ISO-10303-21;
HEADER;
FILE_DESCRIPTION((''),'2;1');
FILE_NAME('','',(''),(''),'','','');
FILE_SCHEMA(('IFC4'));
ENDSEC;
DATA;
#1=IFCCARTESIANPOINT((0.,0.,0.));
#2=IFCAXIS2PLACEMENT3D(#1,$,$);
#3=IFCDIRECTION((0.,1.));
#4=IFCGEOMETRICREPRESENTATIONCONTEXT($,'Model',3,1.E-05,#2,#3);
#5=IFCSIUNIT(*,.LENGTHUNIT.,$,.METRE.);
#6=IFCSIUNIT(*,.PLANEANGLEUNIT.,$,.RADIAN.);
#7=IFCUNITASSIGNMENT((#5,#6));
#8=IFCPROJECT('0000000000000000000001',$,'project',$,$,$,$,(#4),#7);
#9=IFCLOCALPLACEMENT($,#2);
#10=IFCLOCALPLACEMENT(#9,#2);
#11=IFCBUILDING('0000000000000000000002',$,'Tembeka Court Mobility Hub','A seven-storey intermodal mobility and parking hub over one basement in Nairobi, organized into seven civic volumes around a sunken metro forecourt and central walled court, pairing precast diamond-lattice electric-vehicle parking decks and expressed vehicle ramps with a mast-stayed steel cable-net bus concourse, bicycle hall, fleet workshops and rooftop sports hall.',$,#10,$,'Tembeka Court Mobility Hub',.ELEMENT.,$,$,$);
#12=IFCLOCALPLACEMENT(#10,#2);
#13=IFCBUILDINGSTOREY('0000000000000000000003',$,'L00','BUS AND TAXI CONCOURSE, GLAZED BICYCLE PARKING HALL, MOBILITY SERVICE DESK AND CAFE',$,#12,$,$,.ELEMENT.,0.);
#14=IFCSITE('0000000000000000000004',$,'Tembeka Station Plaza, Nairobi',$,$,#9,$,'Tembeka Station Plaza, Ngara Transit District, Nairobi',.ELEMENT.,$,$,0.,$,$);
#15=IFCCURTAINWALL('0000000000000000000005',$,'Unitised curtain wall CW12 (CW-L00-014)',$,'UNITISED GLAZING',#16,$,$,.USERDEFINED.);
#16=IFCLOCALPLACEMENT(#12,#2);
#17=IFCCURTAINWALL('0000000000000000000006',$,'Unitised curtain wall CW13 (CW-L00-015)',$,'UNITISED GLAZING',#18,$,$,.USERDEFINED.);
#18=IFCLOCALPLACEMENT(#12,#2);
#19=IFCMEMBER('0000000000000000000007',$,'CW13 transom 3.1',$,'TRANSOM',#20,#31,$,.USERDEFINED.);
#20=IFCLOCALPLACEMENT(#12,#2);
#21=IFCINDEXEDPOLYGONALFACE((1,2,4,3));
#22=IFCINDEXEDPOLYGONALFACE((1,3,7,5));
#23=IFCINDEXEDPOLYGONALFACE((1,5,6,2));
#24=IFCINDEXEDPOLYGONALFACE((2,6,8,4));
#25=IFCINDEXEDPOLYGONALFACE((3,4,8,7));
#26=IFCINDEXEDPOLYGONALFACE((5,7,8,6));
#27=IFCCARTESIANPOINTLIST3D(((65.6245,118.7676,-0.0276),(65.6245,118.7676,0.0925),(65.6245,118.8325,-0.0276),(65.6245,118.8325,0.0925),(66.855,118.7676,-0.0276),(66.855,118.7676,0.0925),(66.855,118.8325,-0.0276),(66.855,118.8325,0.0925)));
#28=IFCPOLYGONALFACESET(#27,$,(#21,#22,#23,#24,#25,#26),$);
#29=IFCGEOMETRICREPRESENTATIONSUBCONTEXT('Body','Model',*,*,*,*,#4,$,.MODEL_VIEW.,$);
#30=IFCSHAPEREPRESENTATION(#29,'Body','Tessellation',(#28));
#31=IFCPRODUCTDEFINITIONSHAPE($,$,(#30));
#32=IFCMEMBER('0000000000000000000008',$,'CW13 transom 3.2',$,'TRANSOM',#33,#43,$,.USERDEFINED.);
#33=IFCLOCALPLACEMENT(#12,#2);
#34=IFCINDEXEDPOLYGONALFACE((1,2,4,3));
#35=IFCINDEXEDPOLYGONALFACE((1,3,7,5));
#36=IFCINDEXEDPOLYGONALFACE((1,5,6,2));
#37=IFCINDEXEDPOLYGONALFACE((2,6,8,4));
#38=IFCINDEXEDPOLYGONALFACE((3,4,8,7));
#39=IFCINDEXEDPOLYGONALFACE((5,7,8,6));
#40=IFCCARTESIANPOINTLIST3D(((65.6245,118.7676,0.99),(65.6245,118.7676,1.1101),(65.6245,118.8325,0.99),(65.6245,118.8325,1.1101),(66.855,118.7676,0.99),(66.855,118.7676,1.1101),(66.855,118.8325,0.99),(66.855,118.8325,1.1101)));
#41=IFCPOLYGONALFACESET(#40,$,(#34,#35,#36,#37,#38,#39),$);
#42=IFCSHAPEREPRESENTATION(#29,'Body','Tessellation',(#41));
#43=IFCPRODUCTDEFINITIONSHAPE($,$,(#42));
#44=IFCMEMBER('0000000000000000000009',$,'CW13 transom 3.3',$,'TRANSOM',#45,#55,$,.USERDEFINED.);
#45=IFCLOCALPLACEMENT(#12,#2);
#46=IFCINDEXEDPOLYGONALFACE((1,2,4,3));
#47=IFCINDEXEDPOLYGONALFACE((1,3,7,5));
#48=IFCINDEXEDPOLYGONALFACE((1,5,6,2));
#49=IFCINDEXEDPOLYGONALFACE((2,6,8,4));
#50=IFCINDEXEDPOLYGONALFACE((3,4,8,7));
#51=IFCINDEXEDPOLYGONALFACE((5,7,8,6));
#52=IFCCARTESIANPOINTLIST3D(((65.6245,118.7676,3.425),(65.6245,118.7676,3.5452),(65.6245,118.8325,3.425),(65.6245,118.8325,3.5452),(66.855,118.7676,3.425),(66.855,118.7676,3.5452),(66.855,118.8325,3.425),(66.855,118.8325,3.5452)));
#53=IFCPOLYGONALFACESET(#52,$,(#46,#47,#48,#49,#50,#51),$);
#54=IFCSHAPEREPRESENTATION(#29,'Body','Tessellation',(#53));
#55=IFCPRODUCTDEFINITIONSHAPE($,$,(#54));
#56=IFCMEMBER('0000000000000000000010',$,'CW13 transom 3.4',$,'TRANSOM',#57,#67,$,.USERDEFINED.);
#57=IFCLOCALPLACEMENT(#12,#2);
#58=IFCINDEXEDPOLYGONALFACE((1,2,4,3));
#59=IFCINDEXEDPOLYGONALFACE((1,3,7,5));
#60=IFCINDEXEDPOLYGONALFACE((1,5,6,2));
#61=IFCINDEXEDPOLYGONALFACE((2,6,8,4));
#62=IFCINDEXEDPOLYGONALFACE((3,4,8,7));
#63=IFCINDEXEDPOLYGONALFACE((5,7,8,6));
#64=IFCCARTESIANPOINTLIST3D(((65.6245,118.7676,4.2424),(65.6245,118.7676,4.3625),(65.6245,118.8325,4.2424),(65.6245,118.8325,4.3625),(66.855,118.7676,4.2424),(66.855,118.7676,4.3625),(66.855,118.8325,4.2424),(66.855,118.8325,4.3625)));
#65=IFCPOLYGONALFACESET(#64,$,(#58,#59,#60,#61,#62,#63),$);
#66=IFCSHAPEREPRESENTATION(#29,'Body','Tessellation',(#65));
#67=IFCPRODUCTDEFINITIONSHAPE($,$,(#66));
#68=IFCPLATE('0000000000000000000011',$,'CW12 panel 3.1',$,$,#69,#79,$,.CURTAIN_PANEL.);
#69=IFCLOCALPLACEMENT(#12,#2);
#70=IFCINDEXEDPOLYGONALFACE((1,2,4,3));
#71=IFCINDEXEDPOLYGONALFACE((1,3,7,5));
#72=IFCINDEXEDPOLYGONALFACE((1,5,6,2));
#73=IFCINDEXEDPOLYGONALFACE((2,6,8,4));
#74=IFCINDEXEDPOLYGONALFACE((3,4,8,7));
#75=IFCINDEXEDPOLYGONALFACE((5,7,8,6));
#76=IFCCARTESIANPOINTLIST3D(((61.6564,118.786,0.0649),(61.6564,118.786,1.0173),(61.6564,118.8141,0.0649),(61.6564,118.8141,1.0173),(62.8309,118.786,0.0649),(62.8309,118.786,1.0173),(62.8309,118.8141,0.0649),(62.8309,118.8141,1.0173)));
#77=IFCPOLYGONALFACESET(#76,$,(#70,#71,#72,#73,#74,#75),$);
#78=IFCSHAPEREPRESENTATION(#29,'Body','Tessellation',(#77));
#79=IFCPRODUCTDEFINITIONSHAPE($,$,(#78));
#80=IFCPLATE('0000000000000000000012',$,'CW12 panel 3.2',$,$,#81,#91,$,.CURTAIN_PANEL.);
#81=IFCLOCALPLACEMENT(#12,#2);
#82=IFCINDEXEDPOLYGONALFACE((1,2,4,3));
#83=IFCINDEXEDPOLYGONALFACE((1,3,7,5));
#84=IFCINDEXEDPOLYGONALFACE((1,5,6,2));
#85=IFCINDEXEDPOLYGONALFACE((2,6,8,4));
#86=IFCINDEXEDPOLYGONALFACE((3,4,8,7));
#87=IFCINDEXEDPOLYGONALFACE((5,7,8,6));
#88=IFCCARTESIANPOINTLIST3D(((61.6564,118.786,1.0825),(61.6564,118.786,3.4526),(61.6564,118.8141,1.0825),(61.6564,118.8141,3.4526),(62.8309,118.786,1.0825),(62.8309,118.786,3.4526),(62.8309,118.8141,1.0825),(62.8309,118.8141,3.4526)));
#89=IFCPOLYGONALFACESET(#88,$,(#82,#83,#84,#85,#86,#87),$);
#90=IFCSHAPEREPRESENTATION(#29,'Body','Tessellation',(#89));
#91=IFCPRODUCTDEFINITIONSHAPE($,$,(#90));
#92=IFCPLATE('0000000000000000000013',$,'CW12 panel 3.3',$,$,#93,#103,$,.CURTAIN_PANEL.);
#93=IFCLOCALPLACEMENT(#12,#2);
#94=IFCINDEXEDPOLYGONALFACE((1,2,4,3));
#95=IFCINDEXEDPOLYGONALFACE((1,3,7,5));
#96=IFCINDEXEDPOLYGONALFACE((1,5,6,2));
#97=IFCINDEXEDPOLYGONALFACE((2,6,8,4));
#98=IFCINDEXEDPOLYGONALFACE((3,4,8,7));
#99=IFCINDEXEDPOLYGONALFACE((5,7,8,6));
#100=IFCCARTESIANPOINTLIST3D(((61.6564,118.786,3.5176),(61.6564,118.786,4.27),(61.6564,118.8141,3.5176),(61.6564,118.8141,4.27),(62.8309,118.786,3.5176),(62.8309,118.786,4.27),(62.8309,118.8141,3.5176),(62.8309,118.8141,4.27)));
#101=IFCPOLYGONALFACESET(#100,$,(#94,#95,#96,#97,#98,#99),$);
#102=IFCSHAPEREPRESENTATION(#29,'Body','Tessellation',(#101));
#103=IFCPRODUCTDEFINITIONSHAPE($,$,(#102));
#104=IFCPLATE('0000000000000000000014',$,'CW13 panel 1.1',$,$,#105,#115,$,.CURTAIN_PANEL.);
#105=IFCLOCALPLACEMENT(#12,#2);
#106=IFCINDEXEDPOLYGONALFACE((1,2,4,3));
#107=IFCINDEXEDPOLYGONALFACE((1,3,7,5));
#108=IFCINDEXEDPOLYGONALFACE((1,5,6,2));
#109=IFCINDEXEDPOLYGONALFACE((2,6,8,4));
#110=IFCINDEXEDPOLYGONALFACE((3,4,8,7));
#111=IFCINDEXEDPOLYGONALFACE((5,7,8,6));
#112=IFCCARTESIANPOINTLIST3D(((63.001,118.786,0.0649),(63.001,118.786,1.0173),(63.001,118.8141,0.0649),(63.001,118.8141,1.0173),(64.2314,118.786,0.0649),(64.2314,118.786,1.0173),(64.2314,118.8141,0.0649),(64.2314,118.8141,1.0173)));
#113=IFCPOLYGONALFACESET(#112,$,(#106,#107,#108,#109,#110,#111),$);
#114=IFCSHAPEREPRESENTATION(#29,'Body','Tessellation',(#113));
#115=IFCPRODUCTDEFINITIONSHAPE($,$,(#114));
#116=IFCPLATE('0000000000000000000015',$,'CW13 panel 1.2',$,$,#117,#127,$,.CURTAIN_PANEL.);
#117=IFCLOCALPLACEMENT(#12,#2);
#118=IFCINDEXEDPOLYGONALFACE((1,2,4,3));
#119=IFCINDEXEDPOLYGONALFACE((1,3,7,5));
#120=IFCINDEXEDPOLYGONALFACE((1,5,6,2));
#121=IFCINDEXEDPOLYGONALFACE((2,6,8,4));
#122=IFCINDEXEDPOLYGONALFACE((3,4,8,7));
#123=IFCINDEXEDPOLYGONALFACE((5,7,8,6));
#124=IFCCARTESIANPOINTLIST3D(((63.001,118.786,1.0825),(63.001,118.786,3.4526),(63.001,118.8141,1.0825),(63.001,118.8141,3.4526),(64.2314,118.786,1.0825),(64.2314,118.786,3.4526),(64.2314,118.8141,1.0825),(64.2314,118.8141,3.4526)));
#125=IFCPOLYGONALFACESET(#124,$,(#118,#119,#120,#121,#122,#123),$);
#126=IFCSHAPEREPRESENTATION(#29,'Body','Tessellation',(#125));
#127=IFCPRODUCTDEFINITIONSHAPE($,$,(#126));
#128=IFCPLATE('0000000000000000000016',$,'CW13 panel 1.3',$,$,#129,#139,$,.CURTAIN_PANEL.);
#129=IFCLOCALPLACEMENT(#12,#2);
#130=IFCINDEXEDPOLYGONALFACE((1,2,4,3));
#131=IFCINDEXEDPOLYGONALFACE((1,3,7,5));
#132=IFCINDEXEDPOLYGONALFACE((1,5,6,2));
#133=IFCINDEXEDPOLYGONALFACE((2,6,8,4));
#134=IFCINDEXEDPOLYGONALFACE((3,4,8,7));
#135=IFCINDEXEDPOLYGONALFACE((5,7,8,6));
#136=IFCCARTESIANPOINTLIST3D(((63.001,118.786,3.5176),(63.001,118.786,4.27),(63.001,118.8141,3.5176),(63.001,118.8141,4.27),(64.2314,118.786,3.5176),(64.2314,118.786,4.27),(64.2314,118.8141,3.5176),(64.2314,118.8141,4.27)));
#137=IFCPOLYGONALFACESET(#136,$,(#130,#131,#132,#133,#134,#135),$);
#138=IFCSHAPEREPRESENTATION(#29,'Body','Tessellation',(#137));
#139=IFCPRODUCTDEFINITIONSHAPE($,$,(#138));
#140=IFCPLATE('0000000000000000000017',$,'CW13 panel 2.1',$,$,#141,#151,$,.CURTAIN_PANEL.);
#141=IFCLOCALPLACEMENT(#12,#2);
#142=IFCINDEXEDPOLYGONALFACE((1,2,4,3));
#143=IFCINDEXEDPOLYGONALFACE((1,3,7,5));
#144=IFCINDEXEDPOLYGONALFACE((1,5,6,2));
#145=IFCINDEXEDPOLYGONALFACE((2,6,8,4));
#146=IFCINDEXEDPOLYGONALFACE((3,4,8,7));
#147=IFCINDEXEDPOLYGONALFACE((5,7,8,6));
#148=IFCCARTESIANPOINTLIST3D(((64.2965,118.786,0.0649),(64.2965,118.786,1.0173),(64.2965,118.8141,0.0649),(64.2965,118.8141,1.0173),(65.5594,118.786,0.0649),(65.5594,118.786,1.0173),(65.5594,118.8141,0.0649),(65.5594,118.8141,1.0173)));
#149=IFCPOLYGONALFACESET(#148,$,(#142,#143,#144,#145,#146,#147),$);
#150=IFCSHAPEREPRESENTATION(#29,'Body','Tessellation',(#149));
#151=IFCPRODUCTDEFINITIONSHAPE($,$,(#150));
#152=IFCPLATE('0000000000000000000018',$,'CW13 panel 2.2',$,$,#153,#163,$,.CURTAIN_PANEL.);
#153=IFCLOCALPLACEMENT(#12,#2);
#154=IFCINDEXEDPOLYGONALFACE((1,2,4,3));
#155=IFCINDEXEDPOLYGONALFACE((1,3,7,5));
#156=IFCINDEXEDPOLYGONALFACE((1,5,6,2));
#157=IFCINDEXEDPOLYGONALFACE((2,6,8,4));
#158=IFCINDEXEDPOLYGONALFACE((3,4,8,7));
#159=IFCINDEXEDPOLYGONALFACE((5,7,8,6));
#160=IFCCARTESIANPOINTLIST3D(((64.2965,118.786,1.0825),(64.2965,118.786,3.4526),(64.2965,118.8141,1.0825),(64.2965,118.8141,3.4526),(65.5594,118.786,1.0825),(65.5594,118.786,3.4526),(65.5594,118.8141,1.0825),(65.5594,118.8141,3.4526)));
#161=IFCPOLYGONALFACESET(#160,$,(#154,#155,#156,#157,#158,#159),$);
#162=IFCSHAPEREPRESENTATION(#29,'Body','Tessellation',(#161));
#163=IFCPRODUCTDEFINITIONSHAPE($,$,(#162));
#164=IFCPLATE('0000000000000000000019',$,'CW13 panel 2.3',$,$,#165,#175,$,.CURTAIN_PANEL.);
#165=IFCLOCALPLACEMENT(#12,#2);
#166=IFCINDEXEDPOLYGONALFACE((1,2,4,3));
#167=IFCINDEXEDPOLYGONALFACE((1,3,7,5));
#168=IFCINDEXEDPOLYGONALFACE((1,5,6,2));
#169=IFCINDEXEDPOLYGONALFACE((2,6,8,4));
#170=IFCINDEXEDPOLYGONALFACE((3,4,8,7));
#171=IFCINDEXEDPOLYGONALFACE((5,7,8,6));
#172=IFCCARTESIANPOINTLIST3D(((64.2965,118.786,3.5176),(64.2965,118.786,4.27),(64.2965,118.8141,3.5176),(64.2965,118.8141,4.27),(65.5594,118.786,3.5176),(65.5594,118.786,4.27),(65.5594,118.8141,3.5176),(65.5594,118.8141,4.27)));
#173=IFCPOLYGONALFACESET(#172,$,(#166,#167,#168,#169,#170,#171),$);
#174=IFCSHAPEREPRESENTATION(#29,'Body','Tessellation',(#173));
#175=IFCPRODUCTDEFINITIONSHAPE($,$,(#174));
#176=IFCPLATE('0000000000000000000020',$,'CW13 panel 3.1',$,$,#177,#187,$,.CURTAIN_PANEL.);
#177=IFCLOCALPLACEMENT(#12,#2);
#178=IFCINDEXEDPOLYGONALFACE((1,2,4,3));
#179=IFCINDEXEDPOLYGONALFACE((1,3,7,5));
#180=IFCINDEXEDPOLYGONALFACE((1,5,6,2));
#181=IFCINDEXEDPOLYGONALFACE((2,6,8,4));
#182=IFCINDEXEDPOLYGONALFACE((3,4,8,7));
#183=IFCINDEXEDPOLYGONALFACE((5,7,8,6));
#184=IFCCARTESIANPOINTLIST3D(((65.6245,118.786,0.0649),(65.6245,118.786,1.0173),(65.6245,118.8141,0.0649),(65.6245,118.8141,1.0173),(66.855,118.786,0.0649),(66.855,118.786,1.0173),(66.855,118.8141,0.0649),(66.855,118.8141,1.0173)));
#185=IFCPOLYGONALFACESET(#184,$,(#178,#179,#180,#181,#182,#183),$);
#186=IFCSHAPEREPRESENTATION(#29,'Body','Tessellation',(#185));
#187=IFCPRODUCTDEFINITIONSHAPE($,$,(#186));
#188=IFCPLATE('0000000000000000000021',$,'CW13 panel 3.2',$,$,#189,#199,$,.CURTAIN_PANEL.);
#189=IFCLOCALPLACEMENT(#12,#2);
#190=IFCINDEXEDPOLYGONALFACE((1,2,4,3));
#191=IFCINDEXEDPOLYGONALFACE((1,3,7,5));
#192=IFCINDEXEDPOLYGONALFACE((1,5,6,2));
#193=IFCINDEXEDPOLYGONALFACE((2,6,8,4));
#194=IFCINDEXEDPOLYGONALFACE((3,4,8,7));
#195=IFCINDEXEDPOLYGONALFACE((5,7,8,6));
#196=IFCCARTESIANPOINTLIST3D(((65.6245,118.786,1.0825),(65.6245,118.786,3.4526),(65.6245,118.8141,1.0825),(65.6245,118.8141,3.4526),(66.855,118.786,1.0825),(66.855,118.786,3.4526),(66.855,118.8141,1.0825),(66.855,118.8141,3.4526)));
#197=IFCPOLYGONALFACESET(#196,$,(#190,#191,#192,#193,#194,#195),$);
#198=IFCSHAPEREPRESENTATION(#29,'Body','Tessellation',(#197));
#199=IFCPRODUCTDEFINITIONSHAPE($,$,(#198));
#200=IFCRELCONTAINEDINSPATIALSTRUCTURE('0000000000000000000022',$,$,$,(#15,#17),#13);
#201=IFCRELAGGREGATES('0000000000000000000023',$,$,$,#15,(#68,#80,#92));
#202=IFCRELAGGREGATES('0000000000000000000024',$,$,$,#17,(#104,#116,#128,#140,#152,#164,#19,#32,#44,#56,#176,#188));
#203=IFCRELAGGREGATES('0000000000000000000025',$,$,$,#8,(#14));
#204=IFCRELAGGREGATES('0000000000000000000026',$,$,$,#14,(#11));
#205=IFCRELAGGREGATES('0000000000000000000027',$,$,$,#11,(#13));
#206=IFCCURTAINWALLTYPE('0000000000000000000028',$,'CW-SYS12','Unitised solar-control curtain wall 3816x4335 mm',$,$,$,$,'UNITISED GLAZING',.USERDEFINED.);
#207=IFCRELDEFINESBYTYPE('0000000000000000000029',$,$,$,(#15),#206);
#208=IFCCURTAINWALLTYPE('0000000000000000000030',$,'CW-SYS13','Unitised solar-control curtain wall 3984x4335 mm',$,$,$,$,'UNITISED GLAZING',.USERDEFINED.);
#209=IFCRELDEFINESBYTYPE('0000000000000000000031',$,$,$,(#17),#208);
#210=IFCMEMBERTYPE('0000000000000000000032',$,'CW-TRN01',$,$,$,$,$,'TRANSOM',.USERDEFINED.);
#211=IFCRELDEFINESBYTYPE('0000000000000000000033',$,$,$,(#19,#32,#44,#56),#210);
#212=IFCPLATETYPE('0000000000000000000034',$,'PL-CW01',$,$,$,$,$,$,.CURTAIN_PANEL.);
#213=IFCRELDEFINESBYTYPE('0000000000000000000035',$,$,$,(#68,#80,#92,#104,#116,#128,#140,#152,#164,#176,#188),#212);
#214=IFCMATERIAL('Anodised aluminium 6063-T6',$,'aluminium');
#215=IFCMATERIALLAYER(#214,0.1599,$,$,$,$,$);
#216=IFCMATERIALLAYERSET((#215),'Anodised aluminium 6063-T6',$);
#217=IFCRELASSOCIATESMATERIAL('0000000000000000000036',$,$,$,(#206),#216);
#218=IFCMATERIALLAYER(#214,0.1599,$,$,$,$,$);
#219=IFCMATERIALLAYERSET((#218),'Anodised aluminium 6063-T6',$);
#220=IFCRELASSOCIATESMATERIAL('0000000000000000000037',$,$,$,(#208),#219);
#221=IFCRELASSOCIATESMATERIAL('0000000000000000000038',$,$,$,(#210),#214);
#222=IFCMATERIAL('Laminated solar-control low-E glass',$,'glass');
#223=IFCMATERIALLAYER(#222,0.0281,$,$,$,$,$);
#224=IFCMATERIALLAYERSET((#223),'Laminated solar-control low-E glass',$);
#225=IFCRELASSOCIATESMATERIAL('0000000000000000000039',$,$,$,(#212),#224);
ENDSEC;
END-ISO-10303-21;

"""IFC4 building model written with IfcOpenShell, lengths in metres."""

from ifc_helpers import new_model, si_unit, direction, frame, origin, origin_2d, place, context, subcontext, project, spatial, rectangle, extrude, material, layer, layer_set, material_profile, profile_set, type_object, element, aggregate, save


model = new_model("IFC4")

# Units and contexts
model_context = context("Model", 3, precision=1e-05, world=origin(), true_north=direction((0.0, 1.0)))
body_context = subcontext(model_context, "Body", "Model", "MODEL_VIEW")
ifc_project = project(units=[si_unit("LENGTHUNIT", "METRE"), si_unit("PLANEANGLEUNIT", "RADIAN")], contexts=[model_context])

# Site, building, storey
site_placement = place(None, origin())
site = spatial("IfcSite", under=ifc_project, at=site_placement, Name="Tembeka Station Plaza, Nairobi", LongName="Tembeka Station Plaza, Ngara Transit District, Nairobi", CompositionType="ELEMENT", RefElevation=0.0)
building_placement = place(site_placement, origin())
building = spatial("IfcBuilding", under=site, at=building_placement, Name="Tembeka Court Mobility Hub", Description="A seven-storey intermodal mobility and parking hub over one basement in Nairobi, organized into seven civic volumes around a sunken metro forecourt and central walled court, pairing precast diamond-lattice electric-vehicle parking decks and expressed vehicle ramps with a mast-stayed steel cable-net bus concourse, bicycle hall, fleet workshops and rooftop sports hall.", LongName="Tembeka Court Mobility Hub", CompositionType="ELEMENT")
storey_placement = place(building_placement, origin())
storey = spatial("IfcBuildingStorey", under=building, at=storey_placement, Name="L00", Description="BUS AND TAXI CONCOURSE, GLAZED BICYCLE PARKING HALL, MOBILITY SERVICE DESK AND CAFE", CompositionType="ELEMENT", Elevation=0.0)

# Curtain wall
ifc_material_1 = material(Name="Anodised aluminium 6063-T6", Category="aluminium")
ifc_layer_1 = layer(ifc_material_1, 0.1599)
ifc_layer_set_1 = layer_set([ifc_layer_1], Name="Anodised aluminium 6063-T6")
curtain_wall_type_1 = type_object("IfcCurtainWallType", Name="CW-SYS12", Description="Unitised solar-control curtain wall 3816x4335 mm", ElementType="UNITISED GLAZING", PredefinedType="USERDEFINED", material=ifc_layer_set_1)
curtain_wall_1_placement = place(storey_placement, origin())
curtain_wall_1 = element("IfcCurtainWall", 1, at=curtain_wall_1_placement, inside=storey, type_object=curtain_wall_type_1, Name="Unitised curtain wall CW12 (CW-L00-014)", ObjectType="UNITISED GLAZING", PredefinedType="USERDEFINED")

# Curtain wall
ifc_layer_2 = layer(ifc_material_1, 0.1599)
ifc_layer_set_2 = layer_set([ifc_layer_2], Name="Anodised aluminium 6063-T6")
curtain_wall_type_2 = type_object("IfcCurtainWallType", Name="CW-SYS13", Description="Unitised solar-control curtain wall 3984x4335 mm", ElementType="UNITISED GLAZING", PredefinedType="USERDEFINED", material=ifc_layer_set_2)
curtain_wall_2_placement = place(storey_placement, origin())
curtain_wall_2 = element("IfcCurtainWall", 2, at=curtain_wall_2_placement, inside=storey, type_object=curtain_wall_type_2, Name="Unitised curtain wall CW13 (CW-L00-015)", ObjectType="UNITISED GLAZING", PredefinedType="USERDEFINED")

# Members
ifc_material_profile_1 = material_profile(ifc_material_1, rectangle(XDim=0.0649, YDim=0.1201, at=origin_2d()), Name="ALU-TRN 65x120")
ifc_profile_set_1 = profile_set([ifc_material_profile_1], Name="Anodised aluminium 6063-T6")
member_type_1 = type_object("IfcMemberType", Name="CW-TRN01", ElementType="TRANSOM", PredefinedType="USERDEFINED", material=ifc_profile_set_1)
member_1_placement = place(storey_placement, frame((65.6245, 118.8, 0.0325), z_axis=(1.0, 0.0, 0.0), x_axis=(0.0, 1.0, 0.0)))
member_1 = element("IfcMember", 3, at=member_1_placement, type_object=member_type_1, Name="CW13 transom 3.1", ObjectType="TRANSOM", PredefinedType="USERDEFINED", context=body_context, shape_type="SweptSolid", body=[
    extrude(rectangle(XDim=0.0649, YDim=0.1201, at=origin_2d()), origin(), (0.0, 0.0, 1.0), 1.2305),
])
member_2_placement = place(storey_placement, frame((65.6245, 118.8, 1.05), z_axis=(1.0, 0.0, 0.0), x_axis=(0.0, 1.0, 0.0)))
member_2 = element("IfcMember", 4, at=member_2_placement, type_object=member_type_1, Name="CW13 transom 3.2", ObjectType="TRANSOM", PredefinedType="USERDEFINED", context=body_context, shape_type="SweptSolid", body=[
    extrude(rectangle(XDim=0.0649, YDim=0.1201, at=origin_2d()), origin(), (0.0, 0.0, 1.0), 1.2305),
])
member_3_placement = place(storey_placement, frame((65.6245, 118.8, 3.4851), z_axis=(1.0, 0.0, 0.0), x_axis=(0.0, 1.0, 0.0)))
member_3 = element("IfcMember", 5, at=member_3_placement, type_object=member_type_1, Name="CW13 transom 3.3", ObjectType="TRANSOM", PredefinedType="USERDEFINED", context=body_context, shape_type="SweptSolid", body=[
    extrude(rectangle(XDim=0.0649, YDim=0.1201, at=origin_2d()), origin(), (0.0, 0.0, 1.0), 1.2305),
])
member_4_placement = place(storey_placement, frame((65.6245, 118.8, 4.3025), z_axis=(1.0, 0.0, 0.0), x_axis=(0.0, 1.0, 0.0)))
member_4 = element("IfcMember", 6, at=member_4_placement, type_object=member_type_1, Name="CW13 transom 3.4", ObjectType="TRANSOM", PredefinedType="USERDEFINED", context=body_context, shape_type="SweptSolid", body=[
    extrude(rectangle(XDim=0.0649, YDim=0.1201, at=origin_2d()), origin(), (0.0, 0.0, 1.0), 1.2305),
])

# Plates
ifc_material_2 = material(Name="Laminated solar-control low-E glass", Category="glass")
ifc_layer_3 = layer(ifc_material_2, 0.0281)
ifc_layer_set_3 = layer_set([ifc_layer_3], Name="Laminated solar-control low-E glass")
plate_type = type_object("IfcPlateType", Name="PL-CW01", PredefinedType="CURTAIN_PANEL", material=ifc_layer_set_3)
plate_1_placement = place(storey_placement, frame((62.2437, 118.8, 0.0649), z_axis=(0.0, 0.0, 1.0), x_axis=(1.0, 0.0, 0.0)))
plate_1 = element("IfcPlate", 7, at=plate_1_placement, type_object=plate_type, Name="CW12 panel 3.1", PredefinedType="CURTAIN_PANEL", context=body_context, shape_type="SweptSolid", body=[
    extrude(rectangle(XDim=1.1746, YDim=0.0281, at=origin_2d()), origin(), (0.0, 0.0, 1.0), 0.9524),
])
plate_2_placement = place(storey_placement, frame((62.2437, 118.8, 1.0825), z_axis=(0.0, 0.0, 1.0), x_axis=(1.0, 0.0, 0.0)))
plate_2 = element("IfcPlate", 8, at=plate_2_placement, type_object=plate_type, Name="CW12 panel 3.2", PredefinedType="CURTAIN_PANEL", context=body_context, shape_type="SweptSolid", body=[
    extrude(rectangle(XDim=1.1746, YDim=0.0281, at=origin_2d()), origin(), (0.0, 0.0, 1.0), 2.3701),
])
plate_3_placement = place(storey_placement, frame((62.2437, 118.8, 3.5176), z_axis=(0.0, 0.0, 1.0), x_axis=(1.0, 0.0, 0.0)))
plate_3 = element("IfcPlate", 9, at=plate_3_placement, type_object=plate_type, Name="CW12 panel 3.3", PredefinedType="CURTAIN_PANEL", context=body_context, shape_type="SweptSolid", body=[
    extrude(rectangle(XDim=1.1746, YDim=0.0281, at=origin_2d()), origin(), (0.0, 0.0, 1.0), 0.7524),
])
aggregate(curtain_wall_1, [plate_1, plate_2, plate_3])
plate_4_placement = place(storey_placement, frame((63.6162, 118.8, 0.0649), z_axis=(0.0, 0.0, 1.0), x_axis=(1.0, 0.0, 0.0)))
plate_4 = element("IfcPlate", 10, at=plate_4_placement, type_object=plate_type, Name="CW13 panel 1.1", PredefinedType="CURTAIN_PANEL", context=body_context, shape_type="SweptSolid", body=[
    extrude(rectangle(XDim=1.2305, YDim=0.0281, at=origin_2d()), origin(), (0.0, 0.0, 1.0), 0.9524),
])
plate_5_placement = place(storey_placement, frame((63.6162, 118.8, 1.0825), z_axis=(0.0, 0.0, 1.0), x_axis=(1.0, 0.0, 0.0)))
plate_5 = element("IfcPlate", 11, at=plate_5_placement, type_object=plate_type, Name="CW13 panel 1.2", PredefinedType="CURTAIN_PANEL", context=body_context, shape_type="SweptSolid", body=[
    extrude(rectangle(XDim=1.2305, YDim=0.0281, at=origin_2d()), origin(), (0.0, 0.0, 1.0), 2.3701),
])
plate_6_placement = place(storey_placement, frame((63.6162, 118.8, 3.5176), z_axis=(0.0, 0.0, 1.0), x_axis=(1.0, 0.0, 0.0)))
plate_6 = element("IfcPlate", 12, at=plate_6_placement, type_object=plate_type, Name="CW13 panel 1.3", PredefinedType="CURTAIN_PANEL", context=body_context, shape_type="SweptSolid", body=[
    extrude(rectangle(XDim=1.2305, YDim=0.0281, at=origin_2d()), origin(), (0.0, 0.0, 1.0), 0.7524),
])
plate_7_placement = place(storey_placement, frame((64.928, 118.8, 0.0649), z_axis=(0.0, 0.0, 1.0), x_axis=(1.0, 0.0, 0.0)))
plate_7 = element("IfcPlate", 13, at=plate_7_placement, type_object=plate_type, Name="CW13 panel 2.1", PredefinedType="CURTAIN_PANEL", context=body_context, shape_type="SweptSolid", body=[
    extrude(rectangle(XDim=1.2629, YDim=0.0281, at=origin_2d()), origin(), (0.0, 0.0, 1.0), 0.9524),
])
plate_8_placement = place(storey_placement, frame((64.928, 118.8, 1.0825), z_axis=(0.0, 0.0, 1.0), x_axis=(1.0, 0.0, 0.0)))
plate_8 = element("IfcPlate", 14, at=plate_8_placement, type_object=plate_type, Name="CW13 panel 2.2", PredefinedType="CURTAIN_PANEL", context=body_context, shape_type="SweptSolid", body=[
    extrude(rectangle(XDim=1.2629, YDim=0.0281, at=origin_2d()), origin(), (0.0, 0.0, 1.0), 2.3701),
])
plate_9_placement = place(storey_placement, frame((64.928, 118.8, 3.5176), z_axis=(0.0, 0.0, 1.0), x_axis=(1.0, 0.0, 0.0)))
plate_9 = element("IfcPlate", 15, at=plate_9_placement, type_object=plate_type, Name="CW13 panel 2.3", PredefinedType="CURTAIN_PANEL", context=body_context, shape_type="SweptSolid", body=[
    extrude(rectangle(XDim=1.2629, YDim=0.0281, at=origin_2d()), origin(), (0.0, 0.0, 1.0), 0.7524),
])
plate_10_placement = place(storey_placement, frame((66.2397, 118.8, 0.0649), z_axis=(0.0, 0.0, 1.0), x_axis=(1.0, 0.0, 0.0)))
plate_10 = element("IfcPlate", 16, at=plate_10_placement, type_object=plate_type, Name="CW13 panel 3.1", PredefinedType="CURTAIN_PANEL", context=body_context, shape_type="SweptSolid", body=[
    extrude(rectangle(XDim=1.2305, YDim=0.0281, at=origin_2d()), origin(), (0.0, 0.0, 1.0), 0.9524),
])
plate_11_placement = place(storey_placement, frame((66.2397, 118.8, 1.0825), z_axis=(0.0, 0.0, 1.0), x_axis=(1.0, 0.0, 0.0)))
plate_11 = element("IfcPlate", 17, at=plate_11_placement, type_object=plate_type, Name="CW13 panel 3.2", PredefinedType="CURTAIN_PANEL", context=body_context, shape_type="SweptSolid", body=[
    extrude(rectangle(XDim=1.2305, YDim=0.0281, at=origin_2d()), origin(), (0.0, 0.0, 1.0), 2.3701),
])
aggregate(curtain_wall_2, [plate_4, plate_5, plate_6, plate_7, plate_8, plate_9, member_1, member_2, member_3, member_4, plate_10, plate_11])

save(model, "model.ifc")
